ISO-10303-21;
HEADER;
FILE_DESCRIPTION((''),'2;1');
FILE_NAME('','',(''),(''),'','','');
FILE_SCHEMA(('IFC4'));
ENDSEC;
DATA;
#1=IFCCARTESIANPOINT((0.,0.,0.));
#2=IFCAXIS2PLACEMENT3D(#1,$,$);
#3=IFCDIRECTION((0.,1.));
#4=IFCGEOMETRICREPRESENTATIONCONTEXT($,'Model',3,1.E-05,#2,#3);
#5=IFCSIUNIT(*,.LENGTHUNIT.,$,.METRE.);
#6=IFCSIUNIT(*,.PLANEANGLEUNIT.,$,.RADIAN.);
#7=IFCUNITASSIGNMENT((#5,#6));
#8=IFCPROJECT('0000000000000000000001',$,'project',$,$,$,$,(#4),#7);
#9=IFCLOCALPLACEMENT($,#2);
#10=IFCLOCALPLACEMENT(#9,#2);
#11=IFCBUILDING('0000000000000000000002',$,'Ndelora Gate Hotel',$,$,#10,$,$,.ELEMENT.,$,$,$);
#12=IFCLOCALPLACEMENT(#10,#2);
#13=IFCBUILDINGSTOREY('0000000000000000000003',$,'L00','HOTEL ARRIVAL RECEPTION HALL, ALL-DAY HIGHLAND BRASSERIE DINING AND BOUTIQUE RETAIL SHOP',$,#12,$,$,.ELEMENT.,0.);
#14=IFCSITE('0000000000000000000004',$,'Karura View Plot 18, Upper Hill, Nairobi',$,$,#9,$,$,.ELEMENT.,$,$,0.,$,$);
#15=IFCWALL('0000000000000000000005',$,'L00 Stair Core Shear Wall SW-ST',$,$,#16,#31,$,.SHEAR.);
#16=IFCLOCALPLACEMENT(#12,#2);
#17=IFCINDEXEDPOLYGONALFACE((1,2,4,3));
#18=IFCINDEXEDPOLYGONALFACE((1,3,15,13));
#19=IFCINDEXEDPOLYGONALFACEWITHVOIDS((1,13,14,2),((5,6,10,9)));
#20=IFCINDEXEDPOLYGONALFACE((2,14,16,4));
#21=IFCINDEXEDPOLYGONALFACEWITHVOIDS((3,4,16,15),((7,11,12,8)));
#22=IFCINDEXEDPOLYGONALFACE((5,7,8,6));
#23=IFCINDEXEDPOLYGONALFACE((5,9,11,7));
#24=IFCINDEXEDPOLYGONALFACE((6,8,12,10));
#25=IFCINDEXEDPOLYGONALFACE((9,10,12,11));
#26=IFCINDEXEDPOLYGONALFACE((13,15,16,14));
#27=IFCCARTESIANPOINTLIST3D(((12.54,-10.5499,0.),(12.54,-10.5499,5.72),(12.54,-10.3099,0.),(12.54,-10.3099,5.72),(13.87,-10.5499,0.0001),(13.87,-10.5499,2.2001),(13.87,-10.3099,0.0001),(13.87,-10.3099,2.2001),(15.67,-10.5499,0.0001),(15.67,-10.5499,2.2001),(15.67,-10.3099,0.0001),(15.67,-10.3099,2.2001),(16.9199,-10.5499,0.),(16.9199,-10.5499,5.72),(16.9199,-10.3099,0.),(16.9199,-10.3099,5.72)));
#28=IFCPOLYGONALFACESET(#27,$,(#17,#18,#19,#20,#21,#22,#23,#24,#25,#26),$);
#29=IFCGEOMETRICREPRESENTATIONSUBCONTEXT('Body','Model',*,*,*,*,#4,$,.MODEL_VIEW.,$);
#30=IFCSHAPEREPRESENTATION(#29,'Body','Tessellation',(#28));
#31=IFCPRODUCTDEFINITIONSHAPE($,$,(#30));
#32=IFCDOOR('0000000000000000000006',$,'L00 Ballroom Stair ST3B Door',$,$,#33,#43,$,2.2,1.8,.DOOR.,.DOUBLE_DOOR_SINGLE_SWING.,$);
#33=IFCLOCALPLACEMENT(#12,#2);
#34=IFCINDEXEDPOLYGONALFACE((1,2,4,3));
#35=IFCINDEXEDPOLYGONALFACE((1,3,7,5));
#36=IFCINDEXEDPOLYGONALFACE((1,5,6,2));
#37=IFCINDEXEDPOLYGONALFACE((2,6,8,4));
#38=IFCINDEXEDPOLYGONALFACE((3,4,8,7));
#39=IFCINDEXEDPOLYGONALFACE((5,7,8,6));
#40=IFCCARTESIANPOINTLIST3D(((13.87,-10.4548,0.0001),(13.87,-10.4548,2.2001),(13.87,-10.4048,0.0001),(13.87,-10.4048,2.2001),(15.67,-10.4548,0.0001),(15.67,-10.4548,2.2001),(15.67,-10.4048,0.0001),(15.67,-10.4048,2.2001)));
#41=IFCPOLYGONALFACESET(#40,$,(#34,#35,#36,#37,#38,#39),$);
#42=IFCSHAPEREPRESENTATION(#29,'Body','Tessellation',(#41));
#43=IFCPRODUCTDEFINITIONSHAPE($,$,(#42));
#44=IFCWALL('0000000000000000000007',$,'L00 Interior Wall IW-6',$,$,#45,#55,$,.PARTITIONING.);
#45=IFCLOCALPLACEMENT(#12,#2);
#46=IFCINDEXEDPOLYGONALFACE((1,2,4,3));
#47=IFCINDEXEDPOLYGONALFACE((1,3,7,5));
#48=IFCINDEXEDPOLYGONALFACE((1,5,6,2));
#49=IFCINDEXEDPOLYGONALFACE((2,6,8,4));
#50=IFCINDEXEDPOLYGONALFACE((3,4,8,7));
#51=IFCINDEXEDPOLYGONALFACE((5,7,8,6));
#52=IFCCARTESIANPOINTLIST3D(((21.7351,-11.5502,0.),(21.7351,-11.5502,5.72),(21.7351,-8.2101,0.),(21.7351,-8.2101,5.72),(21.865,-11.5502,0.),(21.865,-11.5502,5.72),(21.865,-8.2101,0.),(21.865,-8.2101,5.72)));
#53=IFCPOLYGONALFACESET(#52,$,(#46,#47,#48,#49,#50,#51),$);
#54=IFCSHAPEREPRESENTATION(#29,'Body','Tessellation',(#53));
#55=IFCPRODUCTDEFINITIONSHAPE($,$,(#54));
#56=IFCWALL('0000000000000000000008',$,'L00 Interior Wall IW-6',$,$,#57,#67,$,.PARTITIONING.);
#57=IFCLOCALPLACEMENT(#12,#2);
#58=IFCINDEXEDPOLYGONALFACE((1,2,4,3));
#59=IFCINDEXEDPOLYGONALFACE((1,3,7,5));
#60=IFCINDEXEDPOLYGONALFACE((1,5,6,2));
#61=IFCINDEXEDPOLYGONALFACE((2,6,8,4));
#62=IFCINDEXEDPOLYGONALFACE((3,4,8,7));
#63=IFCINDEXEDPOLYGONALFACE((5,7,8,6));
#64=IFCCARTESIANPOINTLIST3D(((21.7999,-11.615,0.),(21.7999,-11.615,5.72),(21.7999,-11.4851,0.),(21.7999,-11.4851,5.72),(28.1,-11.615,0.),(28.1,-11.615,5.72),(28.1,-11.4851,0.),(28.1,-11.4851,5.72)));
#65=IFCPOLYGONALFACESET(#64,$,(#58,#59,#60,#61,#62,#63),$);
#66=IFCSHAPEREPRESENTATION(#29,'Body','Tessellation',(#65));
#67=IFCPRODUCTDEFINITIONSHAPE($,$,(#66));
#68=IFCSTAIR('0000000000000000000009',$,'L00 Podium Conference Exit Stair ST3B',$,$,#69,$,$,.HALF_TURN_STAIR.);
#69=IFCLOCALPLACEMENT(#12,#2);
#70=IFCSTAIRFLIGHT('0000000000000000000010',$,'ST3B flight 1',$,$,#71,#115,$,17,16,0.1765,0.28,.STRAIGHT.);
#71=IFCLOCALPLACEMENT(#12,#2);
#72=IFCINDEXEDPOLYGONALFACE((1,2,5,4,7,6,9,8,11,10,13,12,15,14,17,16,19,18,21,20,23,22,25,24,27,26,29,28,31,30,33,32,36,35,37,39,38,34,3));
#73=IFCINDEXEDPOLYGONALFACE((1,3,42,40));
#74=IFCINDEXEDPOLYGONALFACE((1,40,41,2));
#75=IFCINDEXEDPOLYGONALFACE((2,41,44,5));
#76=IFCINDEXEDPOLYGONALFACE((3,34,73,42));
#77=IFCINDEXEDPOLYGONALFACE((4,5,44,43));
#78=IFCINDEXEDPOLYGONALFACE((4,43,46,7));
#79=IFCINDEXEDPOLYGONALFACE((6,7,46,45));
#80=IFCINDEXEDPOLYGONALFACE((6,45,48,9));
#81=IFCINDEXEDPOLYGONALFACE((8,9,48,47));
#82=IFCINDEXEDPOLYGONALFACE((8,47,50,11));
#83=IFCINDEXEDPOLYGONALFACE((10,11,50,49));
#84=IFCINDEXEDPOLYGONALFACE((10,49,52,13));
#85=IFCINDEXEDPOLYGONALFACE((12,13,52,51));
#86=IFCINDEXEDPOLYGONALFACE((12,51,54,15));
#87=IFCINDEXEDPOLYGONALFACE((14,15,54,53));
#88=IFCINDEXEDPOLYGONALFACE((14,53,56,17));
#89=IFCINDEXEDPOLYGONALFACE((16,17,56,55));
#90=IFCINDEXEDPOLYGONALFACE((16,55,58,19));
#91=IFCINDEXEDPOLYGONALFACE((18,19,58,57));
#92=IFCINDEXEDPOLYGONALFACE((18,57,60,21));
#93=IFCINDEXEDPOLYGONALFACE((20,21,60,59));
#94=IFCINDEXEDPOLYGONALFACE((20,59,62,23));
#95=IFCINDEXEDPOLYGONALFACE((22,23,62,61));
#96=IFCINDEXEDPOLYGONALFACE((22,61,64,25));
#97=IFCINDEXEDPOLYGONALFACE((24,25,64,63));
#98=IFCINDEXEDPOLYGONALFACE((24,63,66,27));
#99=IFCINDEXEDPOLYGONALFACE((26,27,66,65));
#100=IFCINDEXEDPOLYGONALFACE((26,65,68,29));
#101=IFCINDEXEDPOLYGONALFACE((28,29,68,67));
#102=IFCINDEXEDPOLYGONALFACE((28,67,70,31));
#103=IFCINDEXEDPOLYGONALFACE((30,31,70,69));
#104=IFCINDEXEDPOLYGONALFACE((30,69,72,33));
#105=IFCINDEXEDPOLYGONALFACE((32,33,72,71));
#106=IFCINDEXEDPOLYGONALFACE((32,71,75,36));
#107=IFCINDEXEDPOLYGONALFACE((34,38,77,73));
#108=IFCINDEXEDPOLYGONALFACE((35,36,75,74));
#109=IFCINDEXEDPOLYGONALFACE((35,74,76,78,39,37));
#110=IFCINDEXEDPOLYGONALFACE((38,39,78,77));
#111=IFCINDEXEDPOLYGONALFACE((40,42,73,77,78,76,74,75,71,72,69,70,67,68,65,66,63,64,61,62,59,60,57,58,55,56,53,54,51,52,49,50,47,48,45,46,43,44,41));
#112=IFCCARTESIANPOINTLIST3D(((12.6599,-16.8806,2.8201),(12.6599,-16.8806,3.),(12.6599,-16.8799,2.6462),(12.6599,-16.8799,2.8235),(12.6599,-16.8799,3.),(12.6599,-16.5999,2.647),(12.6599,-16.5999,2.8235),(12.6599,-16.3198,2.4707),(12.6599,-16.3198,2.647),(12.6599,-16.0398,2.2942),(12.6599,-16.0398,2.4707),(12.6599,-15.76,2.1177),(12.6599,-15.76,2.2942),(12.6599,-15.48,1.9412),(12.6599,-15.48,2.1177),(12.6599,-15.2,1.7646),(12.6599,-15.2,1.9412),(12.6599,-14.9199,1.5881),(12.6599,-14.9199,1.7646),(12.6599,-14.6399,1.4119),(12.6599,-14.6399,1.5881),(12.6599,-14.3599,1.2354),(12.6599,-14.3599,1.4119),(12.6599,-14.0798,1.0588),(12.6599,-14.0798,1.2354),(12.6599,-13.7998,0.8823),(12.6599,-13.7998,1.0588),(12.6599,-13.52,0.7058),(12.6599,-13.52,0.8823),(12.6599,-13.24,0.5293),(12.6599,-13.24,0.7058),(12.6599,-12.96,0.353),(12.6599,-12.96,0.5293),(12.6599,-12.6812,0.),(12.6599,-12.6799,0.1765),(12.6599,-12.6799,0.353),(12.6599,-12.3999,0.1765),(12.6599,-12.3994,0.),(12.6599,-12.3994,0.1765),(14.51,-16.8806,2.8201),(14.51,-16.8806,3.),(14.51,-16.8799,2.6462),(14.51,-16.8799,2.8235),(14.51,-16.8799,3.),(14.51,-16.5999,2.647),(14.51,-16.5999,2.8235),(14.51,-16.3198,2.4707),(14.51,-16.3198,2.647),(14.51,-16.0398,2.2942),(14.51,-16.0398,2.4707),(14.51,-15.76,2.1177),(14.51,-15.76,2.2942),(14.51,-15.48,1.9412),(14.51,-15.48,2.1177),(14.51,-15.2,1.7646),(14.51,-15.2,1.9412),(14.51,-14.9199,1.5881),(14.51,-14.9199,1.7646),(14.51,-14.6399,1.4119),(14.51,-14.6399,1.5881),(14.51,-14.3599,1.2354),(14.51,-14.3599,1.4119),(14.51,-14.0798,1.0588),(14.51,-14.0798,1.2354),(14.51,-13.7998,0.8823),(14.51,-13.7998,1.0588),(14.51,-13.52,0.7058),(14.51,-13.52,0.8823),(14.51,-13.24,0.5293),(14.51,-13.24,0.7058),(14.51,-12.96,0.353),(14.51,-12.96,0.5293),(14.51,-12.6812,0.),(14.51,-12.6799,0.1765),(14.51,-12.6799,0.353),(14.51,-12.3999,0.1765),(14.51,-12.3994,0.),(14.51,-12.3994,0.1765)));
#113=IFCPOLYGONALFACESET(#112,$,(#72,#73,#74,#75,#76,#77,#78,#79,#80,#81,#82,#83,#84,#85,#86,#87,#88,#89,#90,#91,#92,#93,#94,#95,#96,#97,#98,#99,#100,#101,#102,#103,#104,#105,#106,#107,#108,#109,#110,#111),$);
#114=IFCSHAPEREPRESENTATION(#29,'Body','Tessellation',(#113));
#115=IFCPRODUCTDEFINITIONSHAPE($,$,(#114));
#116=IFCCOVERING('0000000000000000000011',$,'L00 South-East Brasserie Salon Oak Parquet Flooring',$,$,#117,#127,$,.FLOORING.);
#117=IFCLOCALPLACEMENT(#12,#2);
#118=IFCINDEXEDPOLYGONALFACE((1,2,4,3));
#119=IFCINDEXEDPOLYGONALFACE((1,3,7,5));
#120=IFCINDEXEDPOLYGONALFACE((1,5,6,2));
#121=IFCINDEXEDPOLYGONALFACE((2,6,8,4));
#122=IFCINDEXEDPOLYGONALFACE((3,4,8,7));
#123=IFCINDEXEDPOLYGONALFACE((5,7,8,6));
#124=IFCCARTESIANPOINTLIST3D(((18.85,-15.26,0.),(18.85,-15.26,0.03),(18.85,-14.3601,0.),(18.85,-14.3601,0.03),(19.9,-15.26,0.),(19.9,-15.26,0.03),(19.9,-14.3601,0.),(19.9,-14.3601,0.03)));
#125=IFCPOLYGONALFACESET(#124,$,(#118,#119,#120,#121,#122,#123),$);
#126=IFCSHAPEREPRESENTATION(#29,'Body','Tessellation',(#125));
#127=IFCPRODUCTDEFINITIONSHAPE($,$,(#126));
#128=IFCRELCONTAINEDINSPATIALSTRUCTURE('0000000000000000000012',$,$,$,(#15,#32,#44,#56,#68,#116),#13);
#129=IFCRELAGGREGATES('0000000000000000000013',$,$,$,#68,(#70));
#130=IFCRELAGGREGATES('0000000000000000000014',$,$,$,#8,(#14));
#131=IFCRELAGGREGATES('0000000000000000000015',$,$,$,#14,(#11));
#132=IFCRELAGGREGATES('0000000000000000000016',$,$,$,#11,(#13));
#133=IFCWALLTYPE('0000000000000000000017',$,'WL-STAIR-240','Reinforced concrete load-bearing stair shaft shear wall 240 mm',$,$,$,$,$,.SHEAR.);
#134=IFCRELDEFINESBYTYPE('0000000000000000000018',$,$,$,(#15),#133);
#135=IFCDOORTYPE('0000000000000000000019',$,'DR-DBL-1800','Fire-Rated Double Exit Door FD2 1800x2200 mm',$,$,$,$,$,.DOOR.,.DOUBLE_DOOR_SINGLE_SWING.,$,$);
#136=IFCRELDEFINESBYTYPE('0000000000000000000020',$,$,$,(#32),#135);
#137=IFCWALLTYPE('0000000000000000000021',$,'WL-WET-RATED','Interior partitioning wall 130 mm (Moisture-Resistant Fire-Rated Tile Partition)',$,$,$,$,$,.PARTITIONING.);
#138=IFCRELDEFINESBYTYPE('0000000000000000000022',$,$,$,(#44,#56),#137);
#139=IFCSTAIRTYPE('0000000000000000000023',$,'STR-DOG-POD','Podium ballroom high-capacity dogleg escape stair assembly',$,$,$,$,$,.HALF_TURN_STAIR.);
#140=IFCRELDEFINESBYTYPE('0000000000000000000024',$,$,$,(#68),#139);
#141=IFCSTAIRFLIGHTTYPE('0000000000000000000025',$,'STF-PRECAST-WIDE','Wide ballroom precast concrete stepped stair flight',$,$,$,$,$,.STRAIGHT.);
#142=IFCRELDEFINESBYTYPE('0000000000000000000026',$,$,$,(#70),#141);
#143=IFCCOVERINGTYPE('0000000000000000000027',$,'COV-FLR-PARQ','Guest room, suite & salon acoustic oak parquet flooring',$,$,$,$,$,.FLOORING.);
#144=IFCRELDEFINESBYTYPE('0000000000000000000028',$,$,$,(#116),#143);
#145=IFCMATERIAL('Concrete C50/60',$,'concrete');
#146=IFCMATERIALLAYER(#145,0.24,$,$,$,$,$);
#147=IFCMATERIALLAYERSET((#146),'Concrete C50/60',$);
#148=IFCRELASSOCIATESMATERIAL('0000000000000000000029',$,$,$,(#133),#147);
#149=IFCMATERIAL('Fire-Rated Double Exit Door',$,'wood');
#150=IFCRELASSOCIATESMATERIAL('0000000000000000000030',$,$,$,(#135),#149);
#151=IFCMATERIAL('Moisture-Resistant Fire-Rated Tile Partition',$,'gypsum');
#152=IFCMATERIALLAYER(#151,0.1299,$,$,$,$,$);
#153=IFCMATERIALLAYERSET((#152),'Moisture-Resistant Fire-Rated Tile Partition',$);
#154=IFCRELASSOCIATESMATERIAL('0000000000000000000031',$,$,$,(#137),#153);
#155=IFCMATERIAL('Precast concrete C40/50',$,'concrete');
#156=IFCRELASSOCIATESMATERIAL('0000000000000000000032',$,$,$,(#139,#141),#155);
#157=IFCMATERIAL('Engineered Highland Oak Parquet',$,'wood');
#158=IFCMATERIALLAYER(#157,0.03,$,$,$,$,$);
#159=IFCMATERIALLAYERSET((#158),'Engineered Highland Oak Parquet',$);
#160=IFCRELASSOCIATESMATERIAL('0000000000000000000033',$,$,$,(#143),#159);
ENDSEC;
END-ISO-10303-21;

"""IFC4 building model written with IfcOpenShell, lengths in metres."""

from ifc_helpers import new_model, si_unit, direction, frame, frame_2d, origin, origin_2d, place, context, subcontext, project, spatial, polyline, rectangle, outline, extrude, material, layer, layer_set, type_object, element, fill, aggregate, save


model = new_model("IFC4")

# Units and contexts
model_context = context("Model", 3, precision=1e-05, world=origin(), true_north=direction((0.0, 1.0)))
body_context = subcontext(model_context, "Body", "Model", "MODEL_VIEW")
ifc_project = project(units=[si_unit("LENGTHUNIT", "METRE"), si_unit("PLANEANGLEUNIT", "RADIAN")], contexts=[model_context])

# Site, building, storey
site_placement = place(None, origin())
site = spatial("IfcSite", under=ifc_project, at=site_placement, Name="Karura View Plot 18, Upper Hill, Nairobi", CompositionType="ELEMENT", RefElevation=0.0)
building_placement = place(site_placement, origin())
building = spatial("IfcBuilding", under=site, at=building_placement, Name="Ndelora Gate Hotel", CompositionType="ELEMENT")
storey_placement = place(building_placement, origin())
storey = spatial("IfcBuildingStorey", under=building, at=storey_placement, Name="L00", Description="HOTEL ARRIVAL RECEPTION HALL, ALL-DAY HIGHLAND BRASSERIE DINING AND BOUTIQUE RETAIL SHOP", CompositionType="ELEMENT", Elevation=0.0)

# Wall, opening, door
ifc_material_1 = material(Name="Concrete C50/60", Category="concrete")
ifc_layer_1 = layer(ifc_material_1, 0.24)
ifc_layer_set_1 = layer_set([ifc_layer_1], Name="Concrete C50/60")
wall_type_1 = type_object("IfcWallType", Name="WL-STAIR-240", Description="Reinforced concrete load-bearing stair shaft shear wall 240 mm", PredefinedType="SHEAR", material=ifc_layer_set_1)
wall_1_placement = place(storey_placement, frame((16.9199, -10.4299, 0.0), z_axis=(0.0, 0.0, 1.0), x_axis=(-1.0, 0.0, 0.0)))
wall_1 = element("IfcWall", 1, at=wall_1_placement, inside=storey, type_object=wall_type_1, Name="L00 Stair Core Shear Wall SW-ST", PredefinedType="SHEAR", context=body_context, shape_type="SweptSolid", body=[
    extrude(rectangle(XDim=4.3799, YDim=0.24, at=frame_2d((2.1899, 0.0))), origin(), (0.0, 0.0, 1.0), 5.72),
])
opening_1_placement = place(wall_1_placement, frame((1.25, 0.0, 0.0)))
opening_1 = element("IfcOpeningElement", 2, at=opening_1_placement, cuts=wall_1, PredefinedType="OPENING", context=body_context, shape_type="SweptSolid", body=[
    extrude(rectangle(XDim=1.8, YDim=2.2, at=frame_2d((0.8999, 1.1001))), frame((0.0, 0.1299, 0.0), z_axis=(0.0, -1.0, 0.0), x_axis=(1.0, 0.0, 0.0)), (0.0, 0.0, 1.0), 0.26),
])
ifc_material_2 = material(Name="Fire-Rated Double Exit Door", Category="wood")
door_type_1 = type_object("IfcDoorType", Name="DR-DBL-1800", Description="Fire-Rated Double Exit Door FD2 1800x2200 mm", OperationType="DOUBLE_DOOR_SINGLE_SWING", PredefinedType="DOOR", material=ifc_material_2)
door_1_placement = place(opening_1_placement, origin())
door_1 = element("IfcDoor", 3, at=door_1_placement, inside=storey, type_object=door_type_1, Name="L00 Ballroom Stair ST3B Door", OperationType="DOUBLE_DOOR_SINGLE_SWING", OverallHeight=2.2, OverallWidth=1.8, PredefinedType="DOOR", context=body_context, shape_type="SweptSolid", body=[
    extrude(rectangle(XDim=1.8, YDim=2.2, at=frame_2d((0.8999, 1.1001))), frame((0.0, 0.0249, 0.0), z_axis=(0.0, -1.0, 0.0), x_axis=(1.0, 0.0, 0.0)), (0.0, 0.0, 1.0), 0.05),
])
fill(opening_1, door_1)

# Walls
ifc_material_3 = material(Name="Moisture-Resistant Fire-Rated Tile Partition", Category="gypsum")
ifc_layer_2 = layer(ifc_material_3, 0.1299)
ifc_layer_set_2 = layer_set([ifc_layer_2], Name="Moisture-Resistant Fire-Rated Tile Partition")
wall_type_2 = type_object("IfcWallType", Name="WL-WET-RATED", Description="Interior partitioning wall 130 mm (Moisture-Resistant Fire-Rated Tile Partition)", PredefinedType="PARTITIONING", material=ifc_layer_set_2)
wall_2_placement = place(storey_placement, frame((21.8, -11.55, 0.0), z_axis=(0.0, 0.0, 1.0), x_axis=(0.0, 1.0, 0.0)))
element("IfcWall", 4, at=wall_2_placement, inside=storey, type_object=wall_type_2, Name="L00 Interior Wall IW-6", PredefinedType="PARTITIONING", context=body_context, shape_type="SweptSolid", body=[
    extrude(rectangle(XDim=3.3401, YDim=0.1299, at=frame_2d((1.6699, 0.0))), origin(), (0.0, 0.0, 1.0), 5.72),
])
wall_3_placement = place(storey_placement, frame((21.8, -11.55, 0.0), z_axis=(0.0, 0.0, 1.0), x_axis=(1.0, 0.0, 0.0)))
element("IfcWall", 5, at=wall_3_placement, inside=storey, type_object=wall_type_2, Name="L00 Interior Wall IW-6", PredefinedType="PARTITIONING", context=body_context, shape_type="SweptSolid", body=[
    extrude(rectangle(XDim=6.3, YDim=0.1299, at=frame_2d((3.1499, 0.0))), origin(), (0.0, 0.0, 1.0), 5.72),
])

# Stair, stair flight
ifc_material_4 = material(Name="Precast concrete C40/50", Category="concrete")
stair_type = type_object("IfcStairType", Name="STR-DOG-POD", Description="Podium ballroom high-capacity dogleg escape stair assembly", PredefinedType="HALF_TURN_STAIR", material=ifc_material_4)
stair_placement = place(storey_placement, origin())
stair = element("IfcStair", 6, at=stair_placement, inside=storey, type_object=stair_type, Name="L00 Podium Conference Exit Stair ST3B", PredefinedType="HALF_TURN_STAIR")
stair_flight_type = type_object("IfcStairFlightType", Name="STF-PRECAST-WIDE", Description="Wide ballroom precast concrete stepped stair flight", PredefinedType="STRAIGHT", material=ifc_material_4)
stair_flight_placement = place(storey_placement, frame((13.585, -12.3999, 0.0), z_axis=(0.0, 0.0, 1.0), x_axis=(0.0, -1.0, 0.0)))
stair_flight = element("IfcStairFlight", 7, at=stair_flight_placement, type_object=stair_flight_type, Name="ST3B flight 1", NumberOfRisers=17, NumberOfTreads=16, PredefinedType="STRAIGHT", RiserHeight=0.1765, TreadLength=0.28, context=body_context, shape_type="SweptSolid", body=[
    extrude(outline(polyline([(-0.0005, 0.0), (-0.0005, 0.1765), (0.0, 0.1765), (0.28, 0.1765), (0.28, 0.353), (0.5601, 0.353), (0.5601, 0.5293), (0.8401, 0.5293), (0.8401, 0.7058), (1.1201, 0.7058), (1.1201, 0.8823), (1.3999, 0.8823), (1.3999, 1.0588), (1.6799, 1.0588), (1.6799, 1.2354), (1.96, 1.2354), (1.96, 1.4119), (2.24, 1.4119), (2.24, 1.5881), (2.52, 1.5881), (2.52, 1.7646), (2.8, 1.7646), (2.8, 1.9412), (3.0801, 1.9412), (3.0801, 2.1177), (3.3601, 2.1177), (3.3601, 2.2942), (3.6399, 2.2942), (3.6399, 2.4707), (3.9199, 2.4707), (3.9199, 2.647), (4.2, 2.647), (4.2, 2.8235), (4.48, 2.8235), (4.48, 3.0), (4.4807, 3.0), (4.4807, 2.8201), (4.48, 2.6462), (0.2812, 0.0), (-0.0005, 0.0)])), frame((0.0, 0.925, 0.0), z_axis=(0.0, -1.0, 0.0), x_axis=(1.0, 0.0, 0.0)), (0.0, 0.0, 1.0), 1.8501),
])
aggregate(stair, [stair_flight])

# Covering
ifc_material_5 = material(Name="Engineered Highland Oak Parquet", Category="wood")
ifc_layer_3 = layer(ifc_material_5, 0.03)
ifc_layer_set_3 = layer_set([ifc_layer_3], Name="Engineered Highland Oak Parquet")
covering_type = type_object("IfcCoveringType", Name="COV-FLR-PARQ", Description="Guest room, suite & salon acoustic oak parquet flooring", PredefinedType="FLOORING", material=ifc_layer_set_3)
covering_placement = place(storey_placement, frame((19.375, -14.8101, 0.0), z_axis=(0.0, 0.0, 1.0), x_axis=(1.0, 0.0, 0.0)))
element("IfcCovering", 8, at=covering_placement, inside=storey, type_object=covering_type, Name="L00 South-East Brasserie Salon Oak Parquet Flooring", PredefinedType="FLOORING", context=body_context, shape_type="SweptSolid", body=[
    extrude(rectangle(XDim=1.05, YDim=0.8999, at=origin_2d()), origin(), (0.0, 0.0, 1.0), 0.03),
])

save(model, "model.ifc")
